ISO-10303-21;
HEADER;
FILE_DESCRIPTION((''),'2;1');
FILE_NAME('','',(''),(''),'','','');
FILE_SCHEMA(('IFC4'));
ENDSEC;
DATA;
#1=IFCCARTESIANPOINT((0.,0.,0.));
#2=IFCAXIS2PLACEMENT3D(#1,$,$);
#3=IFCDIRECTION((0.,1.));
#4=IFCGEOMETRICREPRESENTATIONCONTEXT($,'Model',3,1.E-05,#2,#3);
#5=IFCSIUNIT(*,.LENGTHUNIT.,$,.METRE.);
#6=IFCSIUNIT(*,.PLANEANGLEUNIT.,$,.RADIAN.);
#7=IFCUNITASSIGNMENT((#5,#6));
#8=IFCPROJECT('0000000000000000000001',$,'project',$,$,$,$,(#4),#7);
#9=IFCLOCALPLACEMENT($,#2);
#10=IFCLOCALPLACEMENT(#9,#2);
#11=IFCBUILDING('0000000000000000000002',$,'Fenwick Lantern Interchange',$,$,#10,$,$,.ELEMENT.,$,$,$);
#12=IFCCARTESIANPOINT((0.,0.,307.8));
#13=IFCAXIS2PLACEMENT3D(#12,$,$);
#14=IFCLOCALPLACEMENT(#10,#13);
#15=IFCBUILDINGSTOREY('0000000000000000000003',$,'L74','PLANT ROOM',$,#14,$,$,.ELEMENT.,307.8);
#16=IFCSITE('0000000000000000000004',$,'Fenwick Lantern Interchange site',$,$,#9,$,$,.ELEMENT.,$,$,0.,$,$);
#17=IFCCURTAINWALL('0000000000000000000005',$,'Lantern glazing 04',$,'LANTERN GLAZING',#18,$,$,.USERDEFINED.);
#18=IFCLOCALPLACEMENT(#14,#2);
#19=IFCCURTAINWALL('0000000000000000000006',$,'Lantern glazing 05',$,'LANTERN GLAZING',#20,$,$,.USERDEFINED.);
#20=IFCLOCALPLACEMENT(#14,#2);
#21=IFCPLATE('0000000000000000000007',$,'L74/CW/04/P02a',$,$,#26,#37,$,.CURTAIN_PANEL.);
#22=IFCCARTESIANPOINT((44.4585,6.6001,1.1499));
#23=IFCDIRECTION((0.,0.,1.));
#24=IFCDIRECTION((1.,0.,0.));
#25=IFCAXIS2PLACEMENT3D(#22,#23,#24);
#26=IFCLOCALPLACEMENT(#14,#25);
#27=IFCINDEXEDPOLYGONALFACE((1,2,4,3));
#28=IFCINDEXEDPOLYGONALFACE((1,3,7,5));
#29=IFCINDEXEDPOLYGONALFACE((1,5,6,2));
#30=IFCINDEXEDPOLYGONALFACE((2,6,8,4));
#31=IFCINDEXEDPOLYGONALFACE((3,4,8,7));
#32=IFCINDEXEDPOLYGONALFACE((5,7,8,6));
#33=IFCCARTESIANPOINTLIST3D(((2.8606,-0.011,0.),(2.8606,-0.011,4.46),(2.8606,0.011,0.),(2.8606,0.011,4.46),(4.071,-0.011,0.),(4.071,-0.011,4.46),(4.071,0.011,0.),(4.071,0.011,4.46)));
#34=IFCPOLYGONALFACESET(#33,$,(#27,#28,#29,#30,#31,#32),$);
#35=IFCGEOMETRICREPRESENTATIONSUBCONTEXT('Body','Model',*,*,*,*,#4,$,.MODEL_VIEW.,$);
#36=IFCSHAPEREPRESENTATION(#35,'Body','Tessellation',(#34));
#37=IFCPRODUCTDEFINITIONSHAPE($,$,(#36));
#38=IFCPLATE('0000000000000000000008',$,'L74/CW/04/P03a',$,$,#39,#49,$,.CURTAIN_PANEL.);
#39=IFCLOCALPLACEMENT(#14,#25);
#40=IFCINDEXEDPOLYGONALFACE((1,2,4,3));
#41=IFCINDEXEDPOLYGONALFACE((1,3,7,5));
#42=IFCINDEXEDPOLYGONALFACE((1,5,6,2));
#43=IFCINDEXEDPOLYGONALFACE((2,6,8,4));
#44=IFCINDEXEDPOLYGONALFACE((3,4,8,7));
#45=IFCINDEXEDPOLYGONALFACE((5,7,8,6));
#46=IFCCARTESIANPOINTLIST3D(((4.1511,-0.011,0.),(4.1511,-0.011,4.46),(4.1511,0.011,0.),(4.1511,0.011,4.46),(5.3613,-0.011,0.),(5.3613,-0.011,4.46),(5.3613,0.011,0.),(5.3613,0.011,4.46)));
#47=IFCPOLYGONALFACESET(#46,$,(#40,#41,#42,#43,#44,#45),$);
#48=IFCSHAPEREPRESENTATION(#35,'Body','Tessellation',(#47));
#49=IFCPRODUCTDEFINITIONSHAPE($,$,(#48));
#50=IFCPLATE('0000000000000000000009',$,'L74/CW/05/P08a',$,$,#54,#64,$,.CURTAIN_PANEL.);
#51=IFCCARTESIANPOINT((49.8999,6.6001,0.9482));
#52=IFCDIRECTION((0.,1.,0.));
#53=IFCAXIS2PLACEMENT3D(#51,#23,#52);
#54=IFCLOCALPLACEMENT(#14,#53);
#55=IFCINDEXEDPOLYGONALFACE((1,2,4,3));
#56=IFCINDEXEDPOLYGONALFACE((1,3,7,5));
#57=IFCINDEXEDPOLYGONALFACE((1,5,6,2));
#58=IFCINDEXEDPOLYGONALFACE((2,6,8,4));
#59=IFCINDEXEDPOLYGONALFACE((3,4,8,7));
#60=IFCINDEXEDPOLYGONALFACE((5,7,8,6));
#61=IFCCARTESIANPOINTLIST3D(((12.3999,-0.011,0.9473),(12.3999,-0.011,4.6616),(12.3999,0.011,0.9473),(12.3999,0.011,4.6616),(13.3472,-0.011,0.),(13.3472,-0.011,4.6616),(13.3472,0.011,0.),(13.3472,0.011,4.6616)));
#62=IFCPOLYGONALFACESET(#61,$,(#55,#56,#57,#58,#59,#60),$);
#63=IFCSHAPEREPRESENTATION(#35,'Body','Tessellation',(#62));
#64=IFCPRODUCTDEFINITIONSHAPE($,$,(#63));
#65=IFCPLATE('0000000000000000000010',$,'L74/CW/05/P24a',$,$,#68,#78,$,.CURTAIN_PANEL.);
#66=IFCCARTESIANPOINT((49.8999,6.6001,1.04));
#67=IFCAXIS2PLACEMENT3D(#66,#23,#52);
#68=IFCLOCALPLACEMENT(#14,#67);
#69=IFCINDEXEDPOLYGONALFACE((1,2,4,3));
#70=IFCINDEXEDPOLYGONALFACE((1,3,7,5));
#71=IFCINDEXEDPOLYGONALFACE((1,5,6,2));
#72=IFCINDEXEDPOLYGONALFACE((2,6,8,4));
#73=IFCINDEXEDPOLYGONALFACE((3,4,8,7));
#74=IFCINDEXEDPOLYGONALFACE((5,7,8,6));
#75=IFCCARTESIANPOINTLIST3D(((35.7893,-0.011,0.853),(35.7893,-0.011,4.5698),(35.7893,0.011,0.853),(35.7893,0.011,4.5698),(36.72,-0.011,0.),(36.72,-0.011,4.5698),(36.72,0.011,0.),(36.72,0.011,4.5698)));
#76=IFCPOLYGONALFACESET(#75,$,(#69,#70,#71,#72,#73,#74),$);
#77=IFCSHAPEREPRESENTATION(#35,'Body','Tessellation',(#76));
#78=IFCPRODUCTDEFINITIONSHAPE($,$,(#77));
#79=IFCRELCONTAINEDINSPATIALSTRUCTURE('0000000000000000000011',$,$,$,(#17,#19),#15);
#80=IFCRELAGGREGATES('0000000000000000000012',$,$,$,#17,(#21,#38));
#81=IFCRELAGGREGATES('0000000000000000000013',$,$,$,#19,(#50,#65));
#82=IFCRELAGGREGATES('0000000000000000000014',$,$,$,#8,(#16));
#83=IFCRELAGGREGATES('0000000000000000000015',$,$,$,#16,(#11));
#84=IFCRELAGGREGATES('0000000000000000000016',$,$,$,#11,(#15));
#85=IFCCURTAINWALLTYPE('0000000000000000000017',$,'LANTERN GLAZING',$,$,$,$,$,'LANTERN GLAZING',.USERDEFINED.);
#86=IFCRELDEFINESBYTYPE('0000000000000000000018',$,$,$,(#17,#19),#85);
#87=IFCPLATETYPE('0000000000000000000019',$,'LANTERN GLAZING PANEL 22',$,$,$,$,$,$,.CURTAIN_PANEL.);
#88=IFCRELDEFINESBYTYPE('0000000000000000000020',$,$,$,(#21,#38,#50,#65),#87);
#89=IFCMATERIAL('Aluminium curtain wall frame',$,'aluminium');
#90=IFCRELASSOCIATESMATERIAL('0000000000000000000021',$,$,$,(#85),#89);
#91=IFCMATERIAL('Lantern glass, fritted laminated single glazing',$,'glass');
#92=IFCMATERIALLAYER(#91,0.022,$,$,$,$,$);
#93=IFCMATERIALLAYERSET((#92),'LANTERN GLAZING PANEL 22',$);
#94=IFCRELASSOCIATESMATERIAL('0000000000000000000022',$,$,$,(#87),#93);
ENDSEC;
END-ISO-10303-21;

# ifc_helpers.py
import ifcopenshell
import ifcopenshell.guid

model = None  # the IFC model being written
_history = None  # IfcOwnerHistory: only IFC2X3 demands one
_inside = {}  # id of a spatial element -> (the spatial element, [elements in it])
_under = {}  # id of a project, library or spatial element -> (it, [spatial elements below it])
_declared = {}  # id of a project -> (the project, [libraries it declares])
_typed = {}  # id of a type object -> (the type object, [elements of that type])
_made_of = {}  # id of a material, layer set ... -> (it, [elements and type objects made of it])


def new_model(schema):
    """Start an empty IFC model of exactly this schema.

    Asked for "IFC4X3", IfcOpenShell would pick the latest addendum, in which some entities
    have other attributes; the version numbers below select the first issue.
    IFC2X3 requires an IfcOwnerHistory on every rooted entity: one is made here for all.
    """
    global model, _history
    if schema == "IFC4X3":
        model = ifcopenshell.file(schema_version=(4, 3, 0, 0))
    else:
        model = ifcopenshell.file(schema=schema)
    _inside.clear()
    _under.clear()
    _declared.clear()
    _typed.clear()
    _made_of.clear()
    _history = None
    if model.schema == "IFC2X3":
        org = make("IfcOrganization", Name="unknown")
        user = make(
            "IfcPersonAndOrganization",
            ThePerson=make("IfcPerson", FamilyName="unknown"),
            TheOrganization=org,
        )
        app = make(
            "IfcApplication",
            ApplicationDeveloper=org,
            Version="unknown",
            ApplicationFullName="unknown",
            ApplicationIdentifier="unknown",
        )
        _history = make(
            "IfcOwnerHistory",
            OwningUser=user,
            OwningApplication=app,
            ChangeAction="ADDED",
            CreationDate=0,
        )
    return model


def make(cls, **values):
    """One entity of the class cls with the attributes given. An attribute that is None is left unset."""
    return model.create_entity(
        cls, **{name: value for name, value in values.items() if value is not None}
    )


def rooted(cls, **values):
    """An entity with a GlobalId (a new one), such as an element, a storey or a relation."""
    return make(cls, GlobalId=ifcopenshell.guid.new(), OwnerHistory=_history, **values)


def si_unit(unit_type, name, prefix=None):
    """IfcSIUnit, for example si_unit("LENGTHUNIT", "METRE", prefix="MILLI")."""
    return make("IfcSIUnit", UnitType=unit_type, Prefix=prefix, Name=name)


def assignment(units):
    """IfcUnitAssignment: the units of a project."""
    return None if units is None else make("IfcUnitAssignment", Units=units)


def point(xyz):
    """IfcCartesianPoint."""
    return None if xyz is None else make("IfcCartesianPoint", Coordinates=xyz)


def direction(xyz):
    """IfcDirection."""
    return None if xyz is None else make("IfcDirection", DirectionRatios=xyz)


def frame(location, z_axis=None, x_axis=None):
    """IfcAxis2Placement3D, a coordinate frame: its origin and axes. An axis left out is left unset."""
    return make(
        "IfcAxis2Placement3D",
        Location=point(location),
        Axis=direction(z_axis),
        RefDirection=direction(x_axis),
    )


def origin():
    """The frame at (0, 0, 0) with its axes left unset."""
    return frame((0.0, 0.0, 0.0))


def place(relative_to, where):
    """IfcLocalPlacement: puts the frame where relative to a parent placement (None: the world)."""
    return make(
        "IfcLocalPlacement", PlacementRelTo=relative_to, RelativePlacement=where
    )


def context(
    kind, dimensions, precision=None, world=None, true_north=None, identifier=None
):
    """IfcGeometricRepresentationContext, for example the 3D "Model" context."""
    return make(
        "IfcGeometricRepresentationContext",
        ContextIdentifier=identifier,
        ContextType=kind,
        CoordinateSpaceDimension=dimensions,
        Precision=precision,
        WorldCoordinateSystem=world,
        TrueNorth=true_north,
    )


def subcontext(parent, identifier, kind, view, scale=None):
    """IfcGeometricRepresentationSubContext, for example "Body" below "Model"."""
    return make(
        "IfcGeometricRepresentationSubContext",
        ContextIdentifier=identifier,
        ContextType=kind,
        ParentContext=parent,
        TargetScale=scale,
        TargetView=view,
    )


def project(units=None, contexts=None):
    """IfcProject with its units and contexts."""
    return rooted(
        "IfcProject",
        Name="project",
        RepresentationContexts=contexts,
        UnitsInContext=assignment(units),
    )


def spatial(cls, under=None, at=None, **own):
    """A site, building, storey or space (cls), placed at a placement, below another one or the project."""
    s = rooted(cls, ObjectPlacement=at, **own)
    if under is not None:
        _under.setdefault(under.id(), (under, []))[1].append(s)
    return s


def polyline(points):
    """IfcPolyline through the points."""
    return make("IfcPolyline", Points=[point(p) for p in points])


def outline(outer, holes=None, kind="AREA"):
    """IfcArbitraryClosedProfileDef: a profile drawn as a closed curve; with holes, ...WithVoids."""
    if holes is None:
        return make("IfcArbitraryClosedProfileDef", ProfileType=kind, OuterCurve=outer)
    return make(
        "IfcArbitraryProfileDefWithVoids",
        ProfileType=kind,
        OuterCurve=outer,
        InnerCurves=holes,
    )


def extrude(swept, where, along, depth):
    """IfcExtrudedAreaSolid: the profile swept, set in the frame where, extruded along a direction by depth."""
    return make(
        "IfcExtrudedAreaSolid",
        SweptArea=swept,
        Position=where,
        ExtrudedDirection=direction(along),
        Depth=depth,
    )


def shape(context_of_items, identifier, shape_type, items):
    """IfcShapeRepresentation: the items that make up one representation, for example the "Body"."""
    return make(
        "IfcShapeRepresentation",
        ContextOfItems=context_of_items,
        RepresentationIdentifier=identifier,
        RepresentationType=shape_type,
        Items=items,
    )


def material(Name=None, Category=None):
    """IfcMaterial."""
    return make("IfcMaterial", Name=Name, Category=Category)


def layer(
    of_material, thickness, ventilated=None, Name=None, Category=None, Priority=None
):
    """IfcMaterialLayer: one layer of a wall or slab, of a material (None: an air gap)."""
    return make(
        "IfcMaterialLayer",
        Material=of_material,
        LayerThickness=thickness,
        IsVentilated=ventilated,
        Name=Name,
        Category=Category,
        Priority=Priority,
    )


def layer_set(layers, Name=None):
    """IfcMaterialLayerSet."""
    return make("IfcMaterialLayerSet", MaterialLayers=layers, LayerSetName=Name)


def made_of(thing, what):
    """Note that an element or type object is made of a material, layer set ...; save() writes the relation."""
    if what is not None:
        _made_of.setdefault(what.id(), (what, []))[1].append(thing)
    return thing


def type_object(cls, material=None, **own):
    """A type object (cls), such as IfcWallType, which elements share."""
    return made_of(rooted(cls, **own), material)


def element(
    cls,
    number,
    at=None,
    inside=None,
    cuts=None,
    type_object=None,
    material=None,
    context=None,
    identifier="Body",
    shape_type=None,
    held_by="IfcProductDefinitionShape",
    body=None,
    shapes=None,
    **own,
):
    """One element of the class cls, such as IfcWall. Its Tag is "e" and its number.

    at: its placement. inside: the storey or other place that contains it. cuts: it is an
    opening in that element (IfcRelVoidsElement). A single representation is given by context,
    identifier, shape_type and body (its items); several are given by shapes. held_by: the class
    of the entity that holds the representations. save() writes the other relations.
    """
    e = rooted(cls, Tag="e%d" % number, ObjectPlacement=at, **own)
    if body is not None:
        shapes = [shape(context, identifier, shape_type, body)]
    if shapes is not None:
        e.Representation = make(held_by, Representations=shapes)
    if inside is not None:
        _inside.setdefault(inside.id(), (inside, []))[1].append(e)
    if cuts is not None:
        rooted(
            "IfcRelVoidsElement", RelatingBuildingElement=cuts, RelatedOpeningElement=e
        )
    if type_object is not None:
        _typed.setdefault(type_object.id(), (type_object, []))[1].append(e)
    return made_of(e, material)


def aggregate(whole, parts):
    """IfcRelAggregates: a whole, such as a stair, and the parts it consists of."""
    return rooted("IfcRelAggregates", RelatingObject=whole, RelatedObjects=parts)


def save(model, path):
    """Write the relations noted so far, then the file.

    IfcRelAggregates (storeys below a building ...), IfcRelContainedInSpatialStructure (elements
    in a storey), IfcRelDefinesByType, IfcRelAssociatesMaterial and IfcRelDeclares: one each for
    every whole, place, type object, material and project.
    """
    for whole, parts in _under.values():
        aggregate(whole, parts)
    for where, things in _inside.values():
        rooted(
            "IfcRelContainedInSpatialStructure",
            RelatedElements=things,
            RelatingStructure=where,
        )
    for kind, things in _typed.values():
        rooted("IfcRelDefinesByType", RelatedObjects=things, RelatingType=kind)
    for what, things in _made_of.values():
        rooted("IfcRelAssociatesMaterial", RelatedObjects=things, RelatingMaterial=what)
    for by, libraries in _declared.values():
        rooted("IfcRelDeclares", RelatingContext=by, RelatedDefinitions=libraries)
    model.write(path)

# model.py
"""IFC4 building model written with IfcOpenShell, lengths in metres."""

from ifc_helpers import new_model, si_unit, direction, frame, origin, place, context, subcontext, project, spatial, polyline, outline, extrude, material, layer, layer_set, type_object, element, aggregate, save


model = new_model("IFC4")

# Units and contexts
model_context = context("Model", 3, precision=1e-05, world=origin(), true_north=direction((0.0, 1.0)))
body_context = subcontext(model_context, "Body", "Model", "MODEL_VIEW")
ifc_project = project(units=[si_unit("LENGTHUNIT", "METRE"), si_unit("PLANEANGLEUNIT", "RADIAN")], contexts=[model_context])

# Site, building, storey
site_placement = place(None, origin())
site = spatial("IfcSite", under=ifc_project, at=site_placement, Name="Fenwick Lantern Interchange site", CompositionType="ELEMENT", RefElevation=0.0)
building_placement = place(site_placement, origin())
building = spatial("IfcBuilding", under=site, at=building_placement, Name="Fenwick Lantern Interchange", CompositionType="ELEMENT")
storey_placement = place(building_placement, frame((0.0, 0.0, 307.8)))
storey = spatial("IfcBuildingStorey", under=building, at=storey_placement, Name="L74", Description="PLANT ROOM", CompositionType="ELEMENT", Elevation=307.8)

# Shared definitions
ifc_material_1 = material(Name="Aluminium curtain wall frame", Category="aluminium")
curtain_wall_type = type_object("IfcCurtainWallType", Name="LANTERN GLAZING", ElementType="LANTERN GLAZING", PredefinedType="USERDEFINED", material=ifc_material_1)

# Curtain walls
curtain_wall_1_placement = place(storey_placement, origin())
curtain_wall_1 = element("IfcCurtainWall", 1, at=curtain_wall_1_placement, inside=storey, type_object=curtain_wall_type, Name="Lantern glazing 04", ObjectType="LANTERN GLAZING", PredefinedType="USERDEFINED")
curtain_wall_2_placement = place(storey_placement, origin())
curtain_wall_2 = element("IfcCurtainWall", 2, at=curtain_wall_2_placement, inside=storey, type_object=curtain_wall_type, Name="Lantern glazing 05", ObjectType="LANTERN GLAZING", PredefinedType="USERDEFINED")

# Plates
ifc_material_2 = material(Name="Lantern glass, fritted laminated single glazing", Category="glass")
ifc_layer = layer(ifc_material_2, 0.022)
ifc_layer_set = layer_set([ifc_layer], Name="LANTERN GLAZING PANEL 22")
plate_type = type_object("IfcPlateType", Name="LANTERN GLAZING PANEL 22", PredefinedType="CURTAIN_PANEL", material=ifc_layer_set)
plate_1_placement = place(storey_placement, frame((44.4585, 6.6001, 1.1499), z_axis=(0.0, 0.0, 1.0), x_axis=(1.0, 0.0, 0.0)))
plate_1 = element("IfcPlate", 3, at=plate_1_placement, type_object=plate_type, Name="L74/CW/04/P02a", PredefinedType="CURTAIN_PANEL", context=body_context, shape_type="SweptSolid", body=[
    extrude(outline(polyline([(2.8606, 0.0), (4.071, 0.0), (4.071, 4.46), (2.8606, 4.46), (2.8606, 0.0)])), frame((0.0, 0.011, 0.0), z_axis=(0.0, -1.0, 0.0), x_axis=(1.0, 0.0, 0.0)), (0.0, 0.0, 1.0), 0.022),
])
plate_2_placement = place(storey_placement, frame((44.4585, 6.6001, 1.1499), z_axis=(0.0, 0.0, 1.0), x_axis=(1.0, 0.0, 0.0)))
plate_2 = element("IfcPlate", 4, at=plate_2_placement, type_object=plate_type, Name="L74/CW/04/P03a", PredefinedType="CURTAIN_PANEL", context=body_context, shape_type="SweptSolid", body=[
    extrude(outline(polyline([(4.1511, 0.0), (5.3613, 0.0), (5.3613, 4.46), (4.1511, 4.46), (4.1511, 0.0)])), frame((0.0, 0.011, 0.0), z_axis=(0.0, -1.0, 0.0), x_axis=(1.0, 0.0, 0.0)), (0.0, 0.0, 1.0), 0.022),
])
aggregate(curtain_wall_1, [plate_1, plate_2])
plate_3_placement = place(storey_placement, frame((49.8999, 6.6001, 0.9482), z_axis=(0.0, 0.0, 1.0), x_axis=(0.0, 1.0, 0.0)))
plate_3 = element("IfcPlate", 5, at=plate_3_placement, type_object=plate_type, Name="L74/CW/05/P08a", PredefinedType="CURTAIN_PANEL", context=body_context, shape_type="SweptSolid", body=[
    extrude(outline(polyline([(13.3472, 0.0), (13.3472, 4.6616), (12.3999, 4.6616), (12.3999, 0.9473), (13.3472, 0.0)])), frame((0.0, 0.011, 0.0), z_axis=(0.0, -1.0, 0.0), x_axis=(1.0, 0.0, 0.0)), (0.0, 0.0, 1.0), 0.022),
])
plate_4_placement = place(storey_placement, frame((49.8999, 6.6001, 1.04), z_axis=(0.0, 0.0, 1.0), x_axis=(0.0, 1.0, 0.0)))
plate_4 = element("IfcPlate", 6, at=plate_4_placement, type_object=plate_type, Name="L74/CW/05/P24a", PredefinedType="CURTAIN_PANEL", context=body_context, shape_type="SweptSolid", body=[
    extrude(outline(polyline([(36.72, 0.0), (36.72, 4.5698), (35.7893, 4.5698), (35.7893, 0.853), (36.72, 0.0)])), frame((0.0, 0.011, 0.0), z_axis=(0.0, -1.0, 0.0), x_axis=(1.0, 0.0, 0.0)), (0.0, 0.0, 1.0), 0.022),
])
aggregate(curtain_wall_2, [plate_3, plate_4])

save(model, "model.ifc")
